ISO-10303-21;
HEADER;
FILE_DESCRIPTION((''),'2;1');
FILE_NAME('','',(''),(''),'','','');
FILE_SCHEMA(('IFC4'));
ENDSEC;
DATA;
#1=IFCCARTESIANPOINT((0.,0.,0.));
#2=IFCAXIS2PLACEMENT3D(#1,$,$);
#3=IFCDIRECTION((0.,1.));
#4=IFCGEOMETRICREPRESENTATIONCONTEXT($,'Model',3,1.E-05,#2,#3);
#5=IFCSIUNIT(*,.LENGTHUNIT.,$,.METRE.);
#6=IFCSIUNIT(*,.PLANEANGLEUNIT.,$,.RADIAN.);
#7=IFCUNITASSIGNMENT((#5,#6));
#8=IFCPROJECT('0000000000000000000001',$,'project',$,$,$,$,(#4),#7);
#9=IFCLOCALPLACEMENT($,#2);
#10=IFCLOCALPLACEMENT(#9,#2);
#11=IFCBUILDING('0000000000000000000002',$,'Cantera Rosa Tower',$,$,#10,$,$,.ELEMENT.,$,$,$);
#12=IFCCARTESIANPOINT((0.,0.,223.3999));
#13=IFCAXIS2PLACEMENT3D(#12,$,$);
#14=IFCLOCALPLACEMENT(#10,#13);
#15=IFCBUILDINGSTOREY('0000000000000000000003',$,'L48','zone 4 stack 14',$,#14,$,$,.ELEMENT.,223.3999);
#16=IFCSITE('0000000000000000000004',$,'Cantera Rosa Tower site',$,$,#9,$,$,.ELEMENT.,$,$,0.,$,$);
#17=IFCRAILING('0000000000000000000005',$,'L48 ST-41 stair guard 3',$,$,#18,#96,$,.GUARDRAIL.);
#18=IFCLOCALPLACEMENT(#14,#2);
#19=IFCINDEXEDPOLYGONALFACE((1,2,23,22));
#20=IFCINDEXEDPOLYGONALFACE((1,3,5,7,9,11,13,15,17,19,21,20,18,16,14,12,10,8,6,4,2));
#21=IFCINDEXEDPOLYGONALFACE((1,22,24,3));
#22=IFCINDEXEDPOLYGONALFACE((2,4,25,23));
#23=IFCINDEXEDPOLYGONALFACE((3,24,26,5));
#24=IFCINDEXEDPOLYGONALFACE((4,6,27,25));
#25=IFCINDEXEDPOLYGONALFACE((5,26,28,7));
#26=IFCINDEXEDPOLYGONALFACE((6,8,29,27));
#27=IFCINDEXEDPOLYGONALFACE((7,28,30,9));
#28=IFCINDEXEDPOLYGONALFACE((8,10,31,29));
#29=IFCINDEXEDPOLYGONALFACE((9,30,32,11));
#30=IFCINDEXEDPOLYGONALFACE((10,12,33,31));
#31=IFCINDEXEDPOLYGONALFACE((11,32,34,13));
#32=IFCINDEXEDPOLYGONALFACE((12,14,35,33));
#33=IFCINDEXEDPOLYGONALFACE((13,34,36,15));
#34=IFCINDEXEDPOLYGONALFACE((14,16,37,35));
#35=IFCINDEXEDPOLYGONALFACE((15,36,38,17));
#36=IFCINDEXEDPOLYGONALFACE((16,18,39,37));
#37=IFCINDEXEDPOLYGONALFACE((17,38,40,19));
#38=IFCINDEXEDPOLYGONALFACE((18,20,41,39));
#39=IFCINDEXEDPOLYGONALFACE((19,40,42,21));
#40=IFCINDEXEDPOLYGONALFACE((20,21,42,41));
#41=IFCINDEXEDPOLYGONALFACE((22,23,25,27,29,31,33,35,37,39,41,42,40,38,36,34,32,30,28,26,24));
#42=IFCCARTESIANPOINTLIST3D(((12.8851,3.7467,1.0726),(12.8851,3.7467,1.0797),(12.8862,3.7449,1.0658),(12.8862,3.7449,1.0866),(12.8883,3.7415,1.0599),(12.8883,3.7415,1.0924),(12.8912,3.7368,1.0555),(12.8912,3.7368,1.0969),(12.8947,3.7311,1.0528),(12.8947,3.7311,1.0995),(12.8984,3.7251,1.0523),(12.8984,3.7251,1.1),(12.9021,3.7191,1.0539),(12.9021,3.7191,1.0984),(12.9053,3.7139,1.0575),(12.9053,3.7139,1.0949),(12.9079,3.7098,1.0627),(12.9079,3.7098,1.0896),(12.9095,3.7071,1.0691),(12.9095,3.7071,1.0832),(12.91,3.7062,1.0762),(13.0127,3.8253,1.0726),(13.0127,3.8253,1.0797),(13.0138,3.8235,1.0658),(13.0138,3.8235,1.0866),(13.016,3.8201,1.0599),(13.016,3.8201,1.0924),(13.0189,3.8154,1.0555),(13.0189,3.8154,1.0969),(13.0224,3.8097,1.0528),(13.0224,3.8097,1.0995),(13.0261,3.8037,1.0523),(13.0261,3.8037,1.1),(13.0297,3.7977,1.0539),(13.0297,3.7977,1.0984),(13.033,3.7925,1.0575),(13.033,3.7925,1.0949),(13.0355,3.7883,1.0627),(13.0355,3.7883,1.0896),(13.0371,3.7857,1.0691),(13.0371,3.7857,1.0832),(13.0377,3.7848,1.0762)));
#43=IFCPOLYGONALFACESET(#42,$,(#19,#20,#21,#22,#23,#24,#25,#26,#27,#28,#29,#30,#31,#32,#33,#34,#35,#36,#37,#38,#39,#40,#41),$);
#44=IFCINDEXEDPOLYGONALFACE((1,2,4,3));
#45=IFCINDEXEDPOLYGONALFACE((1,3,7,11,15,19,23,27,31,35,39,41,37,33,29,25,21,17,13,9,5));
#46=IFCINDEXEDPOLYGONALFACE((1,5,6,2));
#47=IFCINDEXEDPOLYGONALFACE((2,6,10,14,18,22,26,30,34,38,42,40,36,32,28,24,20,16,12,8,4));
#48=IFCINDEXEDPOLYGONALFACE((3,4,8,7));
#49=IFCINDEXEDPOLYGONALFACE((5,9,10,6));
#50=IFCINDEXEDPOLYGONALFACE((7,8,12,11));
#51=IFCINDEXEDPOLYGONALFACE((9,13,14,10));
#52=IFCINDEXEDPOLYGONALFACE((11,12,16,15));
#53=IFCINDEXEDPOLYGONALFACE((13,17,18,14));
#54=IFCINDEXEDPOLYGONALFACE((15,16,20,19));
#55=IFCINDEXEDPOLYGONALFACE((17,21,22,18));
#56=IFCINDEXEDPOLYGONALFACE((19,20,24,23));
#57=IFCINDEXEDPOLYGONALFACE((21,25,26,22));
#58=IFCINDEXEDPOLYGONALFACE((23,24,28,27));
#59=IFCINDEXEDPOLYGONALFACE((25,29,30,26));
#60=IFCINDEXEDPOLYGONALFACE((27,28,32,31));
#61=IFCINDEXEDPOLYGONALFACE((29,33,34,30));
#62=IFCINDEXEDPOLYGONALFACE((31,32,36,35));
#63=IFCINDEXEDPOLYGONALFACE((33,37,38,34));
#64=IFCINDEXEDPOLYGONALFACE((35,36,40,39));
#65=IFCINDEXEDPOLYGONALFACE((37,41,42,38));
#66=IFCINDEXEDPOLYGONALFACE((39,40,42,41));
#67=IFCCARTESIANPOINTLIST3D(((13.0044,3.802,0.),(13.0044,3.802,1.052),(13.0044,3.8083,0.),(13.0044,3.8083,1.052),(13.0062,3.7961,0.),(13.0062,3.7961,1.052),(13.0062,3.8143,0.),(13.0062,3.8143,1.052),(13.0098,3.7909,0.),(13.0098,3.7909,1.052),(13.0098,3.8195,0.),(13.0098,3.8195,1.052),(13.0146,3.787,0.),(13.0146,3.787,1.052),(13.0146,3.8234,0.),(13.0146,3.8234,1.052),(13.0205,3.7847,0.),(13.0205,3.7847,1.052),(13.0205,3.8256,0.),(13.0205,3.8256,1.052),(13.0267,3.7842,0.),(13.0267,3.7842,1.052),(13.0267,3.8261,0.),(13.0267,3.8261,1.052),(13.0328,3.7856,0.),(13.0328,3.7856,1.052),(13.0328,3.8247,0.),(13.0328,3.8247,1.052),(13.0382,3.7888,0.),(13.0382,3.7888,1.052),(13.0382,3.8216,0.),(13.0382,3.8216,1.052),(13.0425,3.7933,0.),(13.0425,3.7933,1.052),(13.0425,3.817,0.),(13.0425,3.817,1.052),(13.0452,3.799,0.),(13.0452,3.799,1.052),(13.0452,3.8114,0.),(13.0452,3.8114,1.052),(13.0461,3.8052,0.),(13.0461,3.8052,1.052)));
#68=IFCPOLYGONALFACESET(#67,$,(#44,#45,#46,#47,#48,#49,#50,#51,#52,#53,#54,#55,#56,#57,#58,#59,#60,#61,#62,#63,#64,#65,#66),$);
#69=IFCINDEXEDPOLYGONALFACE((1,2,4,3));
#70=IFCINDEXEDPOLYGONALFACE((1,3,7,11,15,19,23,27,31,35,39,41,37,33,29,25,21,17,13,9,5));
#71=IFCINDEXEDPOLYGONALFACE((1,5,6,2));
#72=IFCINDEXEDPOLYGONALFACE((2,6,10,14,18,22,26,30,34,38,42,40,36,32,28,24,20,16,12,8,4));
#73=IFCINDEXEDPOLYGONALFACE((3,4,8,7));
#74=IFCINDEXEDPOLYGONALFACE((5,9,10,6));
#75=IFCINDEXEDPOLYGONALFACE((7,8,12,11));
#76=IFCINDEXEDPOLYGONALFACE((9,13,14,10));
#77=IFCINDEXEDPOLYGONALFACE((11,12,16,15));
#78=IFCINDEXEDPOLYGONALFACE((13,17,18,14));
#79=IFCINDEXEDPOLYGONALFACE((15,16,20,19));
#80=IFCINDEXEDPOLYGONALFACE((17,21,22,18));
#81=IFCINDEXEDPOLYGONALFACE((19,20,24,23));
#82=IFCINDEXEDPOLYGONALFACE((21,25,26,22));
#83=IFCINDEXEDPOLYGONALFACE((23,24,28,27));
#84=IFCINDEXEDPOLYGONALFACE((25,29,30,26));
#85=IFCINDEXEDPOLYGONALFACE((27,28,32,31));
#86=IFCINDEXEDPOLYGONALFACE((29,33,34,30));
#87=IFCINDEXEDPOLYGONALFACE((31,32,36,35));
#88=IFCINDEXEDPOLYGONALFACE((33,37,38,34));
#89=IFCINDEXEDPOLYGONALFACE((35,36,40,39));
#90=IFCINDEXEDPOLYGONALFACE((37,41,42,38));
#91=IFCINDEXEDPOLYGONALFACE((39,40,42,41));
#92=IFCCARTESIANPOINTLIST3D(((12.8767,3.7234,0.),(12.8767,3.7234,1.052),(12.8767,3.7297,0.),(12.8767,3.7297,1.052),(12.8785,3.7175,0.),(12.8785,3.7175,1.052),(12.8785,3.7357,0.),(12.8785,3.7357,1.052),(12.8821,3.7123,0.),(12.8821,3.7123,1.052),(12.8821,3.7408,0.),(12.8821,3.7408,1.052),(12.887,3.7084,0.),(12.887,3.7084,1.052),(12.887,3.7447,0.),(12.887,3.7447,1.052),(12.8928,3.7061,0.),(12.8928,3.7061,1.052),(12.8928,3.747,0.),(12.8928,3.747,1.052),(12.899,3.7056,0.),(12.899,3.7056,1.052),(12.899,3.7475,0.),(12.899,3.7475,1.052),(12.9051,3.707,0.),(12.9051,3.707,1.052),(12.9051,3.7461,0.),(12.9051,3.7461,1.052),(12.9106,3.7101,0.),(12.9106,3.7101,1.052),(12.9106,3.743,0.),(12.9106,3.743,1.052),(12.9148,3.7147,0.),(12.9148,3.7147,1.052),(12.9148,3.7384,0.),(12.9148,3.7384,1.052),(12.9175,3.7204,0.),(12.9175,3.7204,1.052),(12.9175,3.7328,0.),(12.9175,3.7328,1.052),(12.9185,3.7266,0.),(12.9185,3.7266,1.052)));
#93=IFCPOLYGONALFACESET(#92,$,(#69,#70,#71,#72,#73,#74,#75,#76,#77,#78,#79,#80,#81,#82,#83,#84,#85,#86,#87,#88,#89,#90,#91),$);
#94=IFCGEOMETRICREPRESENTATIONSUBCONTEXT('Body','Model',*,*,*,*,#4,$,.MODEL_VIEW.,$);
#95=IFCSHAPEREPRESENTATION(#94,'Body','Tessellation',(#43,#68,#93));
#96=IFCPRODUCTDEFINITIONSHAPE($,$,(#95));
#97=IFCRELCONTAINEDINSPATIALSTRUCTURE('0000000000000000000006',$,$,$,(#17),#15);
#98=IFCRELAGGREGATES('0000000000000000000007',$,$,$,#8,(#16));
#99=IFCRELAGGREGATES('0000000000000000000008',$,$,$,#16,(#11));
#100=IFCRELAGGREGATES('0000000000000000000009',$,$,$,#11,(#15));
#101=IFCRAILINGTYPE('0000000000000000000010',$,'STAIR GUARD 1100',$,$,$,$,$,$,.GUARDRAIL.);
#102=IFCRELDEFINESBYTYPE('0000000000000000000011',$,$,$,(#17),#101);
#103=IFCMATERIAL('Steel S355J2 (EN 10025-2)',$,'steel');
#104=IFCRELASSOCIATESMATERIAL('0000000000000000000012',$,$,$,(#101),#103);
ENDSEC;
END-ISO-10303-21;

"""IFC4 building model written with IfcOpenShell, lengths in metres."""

from ifc_helpers import new_model, si_unit, direction, frame, origin, origin_2d, place, context, subcontext, project, spatial, circle, extrude, material, type_object, element, save


model = new_model("IFC4")

# Units and contexts
model_context = context("Model", 3, precision=1e-05, world=origin(), true_north=direction((0.0, 1.0)))
body_context = subcontext(model_context, "Body", "Model", "MODEL_VIEW")
ifc_project = project(units=[si_unit("LENGTHUNIT", "METRE"), si_unit("PLANEANGLEUNIT", "RADIAN")], contexts=[model_context])

# Site, building, storey
site_placement = place(None, origin())
site = spatial("IfcSite", under=ifc_project, at=site_placement, Name="Cantera Rosa Tower site", CompositionType="ELEMENT", RefElevation=0.0)
building_placement = place(site_placement, origin())
building = spatial("IfcBuilding", under=site, at=building_placement, Name="Cantera Rosa Tower", CompositionType="ELEMENT")
storey_placement = place(building_placement, frame((0.0, 0.0, 223.3999)))
storey = spatial("IfcBuildingStorey", under=building, at=storey_placement, Name="L48", Description="zone 4 stack 14", CompositionType="ELEMENT", Elevation=223.3999)

# Railing
ifc_material_1 = material(Name="Steel S355J2 (EN 10025-2)", Category="steel")
railing_type_1 = type_object("IfcRailingType", Name="STAIR GUARD 1100", PredefinedType="GUARDRAIL", material=ifc_material_1)
railing_1_placement = place(storey_placement, frame((13.0251, 3.8052, 0.0)))
element("IfcRailing", 1, at=railing_1_placement, inside=storey, type_object=railing_type_1, Name="L48 ST-41 stair guard 3", PredefinedType="GUARDRAIL", context=body_context, shape_type="SweptSolid", body=[
    extrude(circle(Radius=0.0239, at=origin_2d()), frame((0.0, 0.0, 1.0762), z_axis=(-0.851546, -0.524279, 0.0), x_axis=(0.524279, -0.851546, 0.0)), (0.0, 0.0, 1.0), 0.1499),
    extrude(circle(Radius=0.021, at=origin_2d()), origin(), (0.0, 0.0, 1.0), 1.052),
    extrude(circle(Radius=0.021, at=origin_2d()), frame((-0.1277, -0.0786, 0.0)), (0.0, 0.0, 1.0), 1.052),
])

save(model, "model.ifc")
